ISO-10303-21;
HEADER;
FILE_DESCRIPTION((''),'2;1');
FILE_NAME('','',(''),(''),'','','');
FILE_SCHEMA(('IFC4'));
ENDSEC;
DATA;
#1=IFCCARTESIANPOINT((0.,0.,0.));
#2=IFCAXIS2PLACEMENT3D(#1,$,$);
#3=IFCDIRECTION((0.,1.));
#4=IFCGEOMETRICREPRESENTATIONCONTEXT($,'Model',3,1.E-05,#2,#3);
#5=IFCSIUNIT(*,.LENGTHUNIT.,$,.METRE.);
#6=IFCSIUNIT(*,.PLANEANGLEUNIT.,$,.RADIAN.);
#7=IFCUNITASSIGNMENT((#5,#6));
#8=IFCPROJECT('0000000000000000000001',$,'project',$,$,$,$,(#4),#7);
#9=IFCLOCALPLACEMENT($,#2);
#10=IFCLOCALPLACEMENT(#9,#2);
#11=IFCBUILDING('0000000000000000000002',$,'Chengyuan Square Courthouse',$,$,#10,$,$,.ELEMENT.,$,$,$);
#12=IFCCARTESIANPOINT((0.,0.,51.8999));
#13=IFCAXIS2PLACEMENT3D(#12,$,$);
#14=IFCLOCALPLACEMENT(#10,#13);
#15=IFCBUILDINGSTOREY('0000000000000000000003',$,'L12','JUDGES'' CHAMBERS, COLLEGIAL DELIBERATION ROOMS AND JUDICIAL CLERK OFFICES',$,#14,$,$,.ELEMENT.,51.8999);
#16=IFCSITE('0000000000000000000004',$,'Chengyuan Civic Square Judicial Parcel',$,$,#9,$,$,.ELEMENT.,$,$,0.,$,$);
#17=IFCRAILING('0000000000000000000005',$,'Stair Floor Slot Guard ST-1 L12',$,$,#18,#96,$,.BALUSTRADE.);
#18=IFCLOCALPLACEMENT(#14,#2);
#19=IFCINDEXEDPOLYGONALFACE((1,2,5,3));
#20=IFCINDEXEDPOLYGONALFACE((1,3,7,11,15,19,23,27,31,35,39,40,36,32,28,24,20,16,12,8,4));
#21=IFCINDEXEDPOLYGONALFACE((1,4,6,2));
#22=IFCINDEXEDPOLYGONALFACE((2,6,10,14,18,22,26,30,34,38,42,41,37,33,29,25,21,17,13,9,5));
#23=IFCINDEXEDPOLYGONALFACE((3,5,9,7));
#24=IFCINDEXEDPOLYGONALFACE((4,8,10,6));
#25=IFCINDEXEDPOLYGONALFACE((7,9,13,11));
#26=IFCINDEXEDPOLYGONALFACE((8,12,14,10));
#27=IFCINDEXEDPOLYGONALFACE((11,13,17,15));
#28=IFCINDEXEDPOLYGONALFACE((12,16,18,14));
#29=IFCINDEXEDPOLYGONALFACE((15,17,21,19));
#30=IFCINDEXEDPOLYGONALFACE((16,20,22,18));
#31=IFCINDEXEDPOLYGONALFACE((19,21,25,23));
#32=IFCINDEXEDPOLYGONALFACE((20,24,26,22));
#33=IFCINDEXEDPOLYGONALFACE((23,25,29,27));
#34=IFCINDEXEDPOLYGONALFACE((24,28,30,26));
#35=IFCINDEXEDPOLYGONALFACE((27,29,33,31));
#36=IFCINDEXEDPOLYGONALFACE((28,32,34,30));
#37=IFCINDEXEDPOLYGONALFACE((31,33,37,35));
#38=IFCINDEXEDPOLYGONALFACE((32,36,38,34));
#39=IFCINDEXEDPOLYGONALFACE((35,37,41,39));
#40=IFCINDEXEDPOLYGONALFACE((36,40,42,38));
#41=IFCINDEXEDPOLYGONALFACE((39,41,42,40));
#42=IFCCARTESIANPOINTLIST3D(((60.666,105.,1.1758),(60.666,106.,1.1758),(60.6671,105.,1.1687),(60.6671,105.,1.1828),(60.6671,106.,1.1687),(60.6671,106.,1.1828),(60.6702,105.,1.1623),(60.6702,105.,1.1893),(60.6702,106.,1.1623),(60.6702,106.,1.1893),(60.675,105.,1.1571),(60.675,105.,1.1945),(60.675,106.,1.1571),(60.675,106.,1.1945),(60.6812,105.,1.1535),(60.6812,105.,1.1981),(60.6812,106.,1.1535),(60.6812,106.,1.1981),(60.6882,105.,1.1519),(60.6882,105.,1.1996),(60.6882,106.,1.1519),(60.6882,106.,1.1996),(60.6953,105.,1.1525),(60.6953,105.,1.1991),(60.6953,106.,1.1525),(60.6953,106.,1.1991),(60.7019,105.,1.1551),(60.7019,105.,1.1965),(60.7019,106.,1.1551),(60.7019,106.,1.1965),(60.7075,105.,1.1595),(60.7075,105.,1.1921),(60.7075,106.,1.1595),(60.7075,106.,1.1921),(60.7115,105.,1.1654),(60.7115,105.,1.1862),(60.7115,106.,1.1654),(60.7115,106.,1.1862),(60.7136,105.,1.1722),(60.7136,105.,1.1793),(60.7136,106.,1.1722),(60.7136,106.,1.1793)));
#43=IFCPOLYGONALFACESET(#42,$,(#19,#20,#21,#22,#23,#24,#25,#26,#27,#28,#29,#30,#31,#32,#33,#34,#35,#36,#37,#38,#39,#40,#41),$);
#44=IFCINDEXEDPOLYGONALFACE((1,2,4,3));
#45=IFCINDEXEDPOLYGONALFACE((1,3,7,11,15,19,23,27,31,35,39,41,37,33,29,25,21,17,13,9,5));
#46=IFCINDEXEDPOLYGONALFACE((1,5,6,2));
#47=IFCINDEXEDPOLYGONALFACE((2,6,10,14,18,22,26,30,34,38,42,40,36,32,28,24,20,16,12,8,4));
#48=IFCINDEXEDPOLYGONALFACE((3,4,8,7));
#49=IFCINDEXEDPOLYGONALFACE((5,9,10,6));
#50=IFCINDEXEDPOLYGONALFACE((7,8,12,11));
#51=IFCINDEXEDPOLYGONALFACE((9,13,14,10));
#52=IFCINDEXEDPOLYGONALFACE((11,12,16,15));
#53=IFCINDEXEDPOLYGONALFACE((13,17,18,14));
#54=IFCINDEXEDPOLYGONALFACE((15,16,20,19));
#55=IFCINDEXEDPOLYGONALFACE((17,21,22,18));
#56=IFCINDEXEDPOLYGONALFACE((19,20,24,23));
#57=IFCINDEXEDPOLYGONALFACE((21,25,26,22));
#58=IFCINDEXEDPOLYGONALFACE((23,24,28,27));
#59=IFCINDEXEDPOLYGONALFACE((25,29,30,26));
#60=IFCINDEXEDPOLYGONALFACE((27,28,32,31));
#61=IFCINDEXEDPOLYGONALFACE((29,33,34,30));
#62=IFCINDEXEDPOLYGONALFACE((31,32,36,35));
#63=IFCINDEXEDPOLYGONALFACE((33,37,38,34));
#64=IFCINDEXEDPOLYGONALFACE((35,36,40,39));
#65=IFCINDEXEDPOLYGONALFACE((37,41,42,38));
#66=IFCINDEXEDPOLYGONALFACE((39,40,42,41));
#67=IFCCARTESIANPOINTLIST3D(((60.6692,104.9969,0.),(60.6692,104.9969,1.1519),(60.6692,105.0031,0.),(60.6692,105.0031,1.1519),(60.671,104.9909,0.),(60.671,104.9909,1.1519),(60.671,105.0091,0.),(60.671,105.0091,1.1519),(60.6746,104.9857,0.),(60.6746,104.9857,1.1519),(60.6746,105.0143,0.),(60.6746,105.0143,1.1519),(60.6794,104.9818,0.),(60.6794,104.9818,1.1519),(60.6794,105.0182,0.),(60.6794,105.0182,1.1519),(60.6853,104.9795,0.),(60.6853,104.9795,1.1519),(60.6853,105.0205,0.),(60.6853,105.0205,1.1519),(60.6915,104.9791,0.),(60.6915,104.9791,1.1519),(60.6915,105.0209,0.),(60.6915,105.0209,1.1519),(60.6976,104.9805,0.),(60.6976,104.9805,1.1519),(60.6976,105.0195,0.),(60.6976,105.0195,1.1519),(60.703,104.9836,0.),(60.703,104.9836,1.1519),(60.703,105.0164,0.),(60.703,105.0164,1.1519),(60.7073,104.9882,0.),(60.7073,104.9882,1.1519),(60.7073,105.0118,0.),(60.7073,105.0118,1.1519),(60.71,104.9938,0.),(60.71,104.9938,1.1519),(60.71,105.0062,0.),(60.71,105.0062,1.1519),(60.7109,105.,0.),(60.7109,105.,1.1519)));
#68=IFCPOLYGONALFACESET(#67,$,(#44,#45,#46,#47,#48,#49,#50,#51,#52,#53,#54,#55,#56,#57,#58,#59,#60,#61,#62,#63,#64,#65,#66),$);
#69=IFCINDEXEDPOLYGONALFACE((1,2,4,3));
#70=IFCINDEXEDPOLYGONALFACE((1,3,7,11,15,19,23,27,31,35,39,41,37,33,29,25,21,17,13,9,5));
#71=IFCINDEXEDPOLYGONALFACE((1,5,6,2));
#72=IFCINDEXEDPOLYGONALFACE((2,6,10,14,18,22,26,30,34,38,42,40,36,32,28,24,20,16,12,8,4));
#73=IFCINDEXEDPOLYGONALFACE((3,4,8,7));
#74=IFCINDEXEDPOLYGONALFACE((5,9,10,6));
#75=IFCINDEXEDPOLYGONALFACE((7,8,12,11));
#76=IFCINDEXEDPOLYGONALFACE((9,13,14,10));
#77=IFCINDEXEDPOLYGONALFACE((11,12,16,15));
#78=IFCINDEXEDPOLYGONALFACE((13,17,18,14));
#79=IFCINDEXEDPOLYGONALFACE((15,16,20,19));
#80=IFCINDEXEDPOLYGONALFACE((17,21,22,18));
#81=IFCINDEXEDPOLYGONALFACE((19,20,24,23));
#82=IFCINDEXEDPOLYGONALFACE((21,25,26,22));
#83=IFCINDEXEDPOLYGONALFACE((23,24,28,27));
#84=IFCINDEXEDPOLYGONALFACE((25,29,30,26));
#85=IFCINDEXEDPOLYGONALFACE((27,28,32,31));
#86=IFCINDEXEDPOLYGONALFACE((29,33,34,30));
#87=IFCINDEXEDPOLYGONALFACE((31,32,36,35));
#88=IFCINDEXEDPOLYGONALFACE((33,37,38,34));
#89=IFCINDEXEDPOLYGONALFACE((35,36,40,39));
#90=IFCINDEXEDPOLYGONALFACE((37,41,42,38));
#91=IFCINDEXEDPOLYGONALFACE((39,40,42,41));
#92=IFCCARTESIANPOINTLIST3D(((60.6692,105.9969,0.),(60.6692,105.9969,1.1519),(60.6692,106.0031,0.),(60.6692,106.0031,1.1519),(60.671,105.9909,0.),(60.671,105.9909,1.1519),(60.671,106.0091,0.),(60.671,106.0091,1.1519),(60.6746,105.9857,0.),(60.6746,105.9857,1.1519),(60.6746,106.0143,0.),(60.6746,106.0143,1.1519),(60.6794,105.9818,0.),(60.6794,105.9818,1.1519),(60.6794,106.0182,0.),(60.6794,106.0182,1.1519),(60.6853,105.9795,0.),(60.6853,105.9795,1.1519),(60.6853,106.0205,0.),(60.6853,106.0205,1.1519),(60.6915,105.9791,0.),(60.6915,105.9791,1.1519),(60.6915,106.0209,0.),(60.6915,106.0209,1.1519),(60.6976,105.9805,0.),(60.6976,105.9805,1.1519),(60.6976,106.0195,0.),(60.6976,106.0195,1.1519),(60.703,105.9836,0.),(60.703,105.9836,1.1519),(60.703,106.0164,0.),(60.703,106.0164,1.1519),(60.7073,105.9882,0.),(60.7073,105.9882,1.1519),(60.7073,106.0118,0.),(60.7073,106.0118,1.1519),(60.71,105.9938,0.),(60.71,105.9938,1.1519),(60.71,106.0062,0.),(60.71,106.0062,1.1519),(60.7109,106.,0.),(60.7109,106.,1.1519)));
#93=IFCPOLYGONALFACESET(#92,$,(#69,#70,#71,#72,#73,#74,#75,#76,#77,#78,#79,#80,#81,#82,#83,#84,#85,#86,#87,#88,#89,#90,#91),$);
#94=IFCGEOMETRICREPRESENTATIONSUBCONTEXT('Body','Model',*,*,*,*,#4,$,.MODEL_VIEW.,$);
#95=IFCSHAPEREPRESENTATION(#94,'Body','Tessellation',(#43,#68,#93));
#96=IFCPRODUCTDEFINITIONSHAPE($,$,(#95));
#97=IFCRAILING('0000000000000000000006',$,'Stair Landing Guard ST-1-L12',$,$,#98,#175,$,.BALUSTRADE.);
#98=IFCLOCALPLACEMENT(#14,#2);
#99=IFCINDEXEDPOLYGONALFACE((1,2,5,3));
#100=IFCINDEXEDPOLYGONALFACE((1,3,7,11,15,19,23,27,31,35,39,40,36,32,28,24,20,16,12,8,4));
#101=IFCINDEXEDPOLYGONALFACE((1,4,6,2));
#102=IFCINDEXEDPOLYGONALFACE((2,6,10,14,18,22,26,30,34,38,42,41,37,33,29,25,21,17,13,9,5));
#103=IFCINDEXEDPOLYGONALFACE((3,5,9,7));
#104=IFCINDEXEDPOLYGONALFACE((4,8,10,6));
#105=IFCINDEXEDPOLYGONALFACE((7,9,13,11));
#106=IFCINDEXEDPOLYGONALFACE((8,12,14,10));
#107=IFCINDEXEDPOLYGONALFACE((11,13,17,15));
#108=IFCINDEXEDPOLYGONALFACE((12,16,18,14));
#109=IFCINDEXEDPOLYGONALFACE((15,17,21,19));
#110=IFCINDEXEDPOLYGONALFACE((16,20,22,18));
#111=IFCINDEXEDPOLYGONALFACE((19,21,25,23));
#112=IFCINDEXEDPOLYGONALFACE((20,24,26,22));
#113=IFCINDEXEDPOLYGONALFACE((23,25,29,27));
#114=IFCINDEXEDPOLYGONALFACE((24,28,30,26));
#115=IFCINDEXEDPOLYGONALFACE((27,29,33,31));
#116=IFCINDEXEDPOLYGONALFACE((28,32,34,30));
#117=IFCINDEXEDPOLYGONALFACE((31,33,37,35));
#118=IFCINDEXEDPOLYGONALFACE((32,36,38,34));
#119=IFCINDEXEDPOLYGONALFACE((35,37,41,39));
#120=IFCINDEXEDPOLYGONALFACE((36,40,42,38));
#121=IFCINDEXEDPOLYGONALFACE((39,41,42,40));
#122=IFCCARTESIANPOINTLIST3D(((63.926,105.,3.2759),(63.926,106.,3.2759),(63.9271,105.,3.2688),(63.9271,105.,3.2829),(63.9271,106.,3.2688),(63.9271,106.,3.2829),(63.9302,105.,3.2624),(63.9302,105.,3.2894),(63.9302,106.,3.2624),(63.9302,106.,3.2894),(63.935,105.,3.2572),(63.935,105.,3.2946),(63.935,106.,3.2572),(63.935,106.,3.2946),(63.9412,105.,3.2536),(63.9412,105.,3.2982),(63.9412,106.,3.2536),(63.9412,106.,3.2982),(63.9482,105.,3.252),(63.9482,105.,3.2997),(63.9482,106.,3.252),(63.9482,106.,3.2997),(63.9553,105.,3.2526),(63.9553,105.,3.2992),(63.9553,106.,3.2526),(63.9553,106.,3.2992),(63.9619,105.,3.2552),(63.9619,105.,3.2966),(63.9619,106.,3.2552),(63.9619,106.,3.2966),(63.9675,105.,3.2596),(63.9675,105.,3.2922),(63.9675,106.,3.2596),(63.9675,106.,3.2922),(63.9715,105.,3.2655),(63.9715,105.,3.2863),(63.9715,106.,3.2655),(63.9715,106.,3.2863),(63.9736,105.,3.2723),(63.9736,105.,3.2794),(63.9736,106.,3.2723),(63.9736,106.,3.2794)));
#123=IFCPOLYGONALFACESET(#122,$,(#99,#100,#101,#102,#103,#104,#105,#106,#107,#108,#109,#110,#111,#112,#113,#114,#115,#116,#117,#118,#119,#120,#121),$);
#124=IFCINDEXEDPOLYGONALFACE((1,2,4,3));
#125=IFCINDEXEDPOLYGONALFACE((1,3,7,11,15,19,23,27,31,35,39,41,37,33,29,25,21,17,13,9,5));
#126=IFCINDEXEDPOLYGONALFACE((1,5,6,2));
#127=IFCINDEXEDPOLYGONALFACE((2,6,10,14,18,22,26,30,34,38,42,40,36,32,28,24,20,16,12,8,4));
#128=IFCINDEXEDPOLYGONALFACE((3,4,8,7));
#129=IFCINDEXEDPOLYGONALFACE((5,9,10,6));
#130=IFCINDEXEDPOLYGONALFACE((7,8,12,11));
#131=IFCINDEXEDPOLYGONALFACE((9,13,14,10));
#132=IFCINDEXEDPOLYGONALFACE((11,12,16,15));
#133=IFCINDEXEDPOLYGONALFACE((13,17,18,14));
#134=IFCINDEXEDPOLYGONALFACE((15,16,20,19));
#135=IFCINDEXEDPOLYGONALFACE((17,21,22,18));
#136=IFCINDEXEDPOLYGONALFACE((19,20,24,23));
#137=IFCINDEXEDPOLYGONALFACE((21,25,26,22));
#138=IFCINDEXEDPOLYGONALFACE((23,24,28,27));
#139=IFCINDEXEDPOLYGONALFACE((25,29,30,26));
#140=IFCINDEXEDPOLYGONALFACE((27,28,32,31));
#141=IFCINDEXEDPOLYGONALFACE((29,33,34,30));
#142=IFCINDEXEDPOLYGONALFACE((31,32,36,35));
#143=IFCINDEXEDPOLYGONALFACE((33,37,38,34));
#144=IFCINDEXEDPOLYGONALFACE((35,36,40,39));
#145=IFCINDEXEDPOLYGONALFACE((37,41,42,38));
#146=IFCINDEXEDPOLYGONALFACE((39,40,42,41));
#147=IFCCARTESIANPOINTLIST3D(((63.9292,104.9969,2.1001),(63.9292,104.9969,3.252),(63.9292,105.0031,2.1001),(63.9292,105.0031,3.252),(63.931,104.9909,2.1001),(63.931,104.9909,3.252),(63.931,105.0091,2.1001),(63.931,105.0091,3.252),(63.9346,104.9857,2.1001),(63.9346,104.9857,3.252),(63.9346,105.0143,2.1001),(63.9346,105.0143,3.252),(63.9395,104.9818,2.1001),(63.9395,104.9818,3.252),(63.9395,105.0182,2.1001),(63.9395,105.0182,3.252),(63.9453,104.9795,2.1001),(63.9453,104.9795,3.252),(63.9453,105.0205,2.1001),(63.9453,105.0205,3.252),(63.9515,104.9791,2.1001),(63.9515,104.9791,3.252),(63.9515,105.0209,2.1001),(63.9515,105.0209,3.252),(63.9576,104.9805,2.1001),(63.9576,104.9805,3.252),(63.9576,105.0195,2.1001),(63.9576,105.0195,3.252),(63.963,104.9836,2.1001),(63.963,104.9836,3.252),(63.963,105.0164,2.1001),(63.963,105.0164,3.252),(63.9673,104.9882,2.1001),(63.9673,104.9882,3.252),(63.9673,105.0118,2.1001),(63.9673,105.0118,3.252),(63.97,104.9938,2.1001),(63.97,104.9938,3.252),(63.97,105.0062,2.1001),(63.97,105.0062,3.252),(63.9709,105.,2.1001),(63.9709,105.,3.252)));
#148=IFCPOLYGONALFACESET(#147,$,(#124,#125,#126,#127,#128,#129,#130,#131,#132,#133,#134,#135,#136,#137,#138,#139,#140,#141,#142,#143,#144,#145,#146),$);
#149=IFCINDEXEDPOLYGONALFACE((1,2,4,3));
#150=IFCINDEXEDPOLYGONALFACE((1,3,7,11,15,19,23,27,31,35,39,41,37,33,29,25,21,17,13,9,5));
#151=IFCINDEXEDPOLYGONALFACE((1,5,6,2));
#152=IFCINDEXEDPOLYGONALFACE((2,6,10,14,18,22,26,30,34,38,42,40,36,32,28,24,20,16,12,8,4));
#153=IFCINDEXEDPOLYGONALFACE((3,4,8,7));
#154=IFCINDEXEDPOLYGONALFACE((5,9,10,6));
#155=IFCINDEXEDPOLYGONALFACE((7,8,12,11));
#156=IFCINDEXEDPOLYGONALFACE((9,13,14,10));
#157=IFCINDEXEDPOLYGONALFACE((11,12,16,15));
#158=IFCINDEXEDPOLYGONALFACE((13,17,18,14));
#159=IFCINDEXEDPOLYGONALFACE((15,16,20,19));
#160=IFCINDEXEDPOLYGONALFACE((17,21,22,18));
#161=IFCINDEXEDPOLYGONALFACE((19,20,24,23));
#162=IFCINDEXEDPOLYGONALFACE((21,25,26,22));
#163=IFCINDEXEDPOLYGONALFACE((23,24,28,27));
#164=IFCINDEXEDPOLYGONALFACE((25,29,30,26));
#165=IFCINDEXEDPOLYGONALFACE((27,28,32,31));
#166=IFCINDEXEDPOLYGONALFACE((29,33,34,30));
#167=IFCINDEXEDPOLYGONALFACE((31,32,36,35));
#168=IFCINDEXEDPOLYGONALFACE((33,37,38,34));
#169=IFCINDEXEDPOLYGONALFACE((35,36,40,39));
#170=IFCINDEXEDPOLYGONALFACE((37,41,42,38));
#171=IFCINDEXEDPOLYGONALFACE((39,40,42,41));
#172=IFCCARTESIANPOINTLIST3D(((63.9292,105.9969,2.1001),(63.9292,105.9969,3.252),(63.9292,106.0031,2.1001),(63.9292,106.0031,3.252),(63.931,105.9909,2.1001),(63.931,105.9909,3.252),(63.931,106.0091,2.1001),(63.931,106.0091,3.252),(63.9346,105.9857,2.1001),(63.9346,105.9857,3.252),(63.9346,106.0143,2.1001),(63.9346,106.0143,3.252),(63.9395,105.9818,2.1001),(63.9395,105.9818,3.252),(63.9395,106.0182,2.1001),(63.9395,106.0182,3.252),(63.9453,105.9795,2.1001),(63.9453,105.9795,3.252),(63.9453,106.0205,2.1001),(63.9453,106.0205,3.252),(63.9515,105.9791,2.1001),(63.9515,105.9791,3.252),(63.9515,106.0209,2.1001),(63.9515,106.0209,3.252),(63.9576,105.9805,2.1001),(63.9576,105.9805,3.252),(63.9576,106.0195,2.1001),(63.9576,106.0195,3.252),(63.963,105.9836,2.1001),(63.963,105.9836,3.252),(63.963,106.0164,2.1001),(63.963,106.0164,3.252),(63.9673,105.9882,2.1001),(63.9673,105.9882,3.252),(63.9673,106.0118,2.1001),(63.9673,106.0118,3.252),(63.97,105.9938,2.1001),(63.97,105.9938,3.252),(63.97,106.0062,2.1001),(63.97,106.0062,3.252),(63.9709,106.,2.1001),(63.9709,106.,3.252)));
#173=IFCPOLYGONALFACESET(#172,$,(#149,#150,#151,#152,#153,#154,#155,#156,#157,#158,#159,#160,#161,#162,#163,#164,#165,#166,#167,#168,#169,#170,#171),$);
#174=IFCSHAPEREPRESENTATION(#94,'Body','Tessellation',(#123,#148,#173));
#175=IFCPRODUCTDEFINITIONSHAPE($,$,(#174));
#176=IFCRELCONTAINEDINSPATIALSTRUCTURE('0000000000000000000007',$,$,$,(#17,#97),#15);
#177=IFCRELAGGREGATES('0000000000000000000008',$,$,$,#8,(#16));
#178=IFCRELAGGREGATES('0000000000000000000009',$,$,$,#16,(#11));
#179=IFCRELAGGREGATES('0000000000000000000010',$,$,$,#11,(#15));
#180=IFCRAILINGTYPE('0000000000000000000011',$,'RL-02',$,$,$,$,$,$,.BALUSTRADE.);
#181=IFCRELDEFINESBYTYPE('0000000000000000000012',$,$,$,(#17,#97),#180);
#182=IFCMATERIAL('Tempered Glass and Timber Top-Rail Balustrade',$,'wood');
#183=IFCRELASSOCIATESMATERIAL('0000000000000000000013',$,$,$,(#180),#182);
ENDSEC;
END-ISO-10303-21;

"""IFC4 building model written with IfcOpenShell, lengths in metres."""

from ifc_helpers import new_model, si_unit, direction, frame, origin, origin_2d, place, context, subcontext, project, spatial, circle, extrude, material, type_object, element, save


model = new_model("IFC4")

# Units and contexts
model_context = context("Model", 3, precision=1e-05, world=origin(), true_north=direction((0.0, 1.0)))
body_context = subcontext(model_context, "Body", "Model", "MODEL_VIEW")
ifc_project = project(units=[si_unit("LENGTHUNIT", "METRE"), si_unit("PLANEANGLEUNIT", "RADIAN")], contexts=[model_context])

# Site, building, storey
site_placement = place(None, origin())
site = spatial("IfcSite", under=ifc_project, at=site_placement, Name="Chengyuan Civic Square Judicial Parcel", CompositionType="ELEMENT", RefElevation=0.0)
building_placement = place(site_placement, origin())
building = spatial("IfcBuilding", under=site, at=building_placement, Name="Chengyuan Square Courthouse", CompositionType="ELEMENT")
storey_placement = place(building_placement, frame((0.0, 0.0, 51.8999)))
storey = spatial("IfcBuildingStorey", under=building, at=storey_placement, Name="L12", Description="JUDGES' CHAMBERS, COLLEGIAL DELIBERATION ROOMS AND JUDICIAL CLERK OFFICES", CompositionType="ELEMENT", Elevation=51.8999)

# Railings
ifc_material_1 = material(Name="Tempered Glass and Timber Top-Rail Balustrade", Category="wood")
railing_type_1 = type_object("IfcRailingType", Name="RL-02", PredefinedType="BALUSTRADE", material=ifc_material_1)
for number, where, name in (
    (1, (60.6899, 105.0, 0.0), "Stair Floor Slot Guard ST-1 L12"),
    (2, (63.95, 105.0, 2.1001), "Stair Landing Guard ST-1-L12"),
):
    element("IfcRailing", number, at=place(storey_placement, frame(where)), inside=storey, type_object=railing_type_1, Name=name, PredefinedType="BALUSTRADE", context=body_context, shape_type="SweptSolid", body=[
        extrude(circle(Radius=0.0239, at=origin_2d()), frame((0.0, 0.0, 1.1758), z_axis=(0.0, 1.0, 0.0), x_axis=(-1.0, 0.0, 0.0)), (0.0, 0.0, 1.0), 1.0),
        extrude(circle(Radius=0.021, at=origin_2d()), origin(), (0.0, 0.0, 1.0), 1.1519),
        extrude(circle(Radius=0.021, at=origin_2d()), frame((0.0, 1.0, 0.0)), (0.0, 0.0, 1.0), 1.1519),
    ])

save(model, "model.ifc")
